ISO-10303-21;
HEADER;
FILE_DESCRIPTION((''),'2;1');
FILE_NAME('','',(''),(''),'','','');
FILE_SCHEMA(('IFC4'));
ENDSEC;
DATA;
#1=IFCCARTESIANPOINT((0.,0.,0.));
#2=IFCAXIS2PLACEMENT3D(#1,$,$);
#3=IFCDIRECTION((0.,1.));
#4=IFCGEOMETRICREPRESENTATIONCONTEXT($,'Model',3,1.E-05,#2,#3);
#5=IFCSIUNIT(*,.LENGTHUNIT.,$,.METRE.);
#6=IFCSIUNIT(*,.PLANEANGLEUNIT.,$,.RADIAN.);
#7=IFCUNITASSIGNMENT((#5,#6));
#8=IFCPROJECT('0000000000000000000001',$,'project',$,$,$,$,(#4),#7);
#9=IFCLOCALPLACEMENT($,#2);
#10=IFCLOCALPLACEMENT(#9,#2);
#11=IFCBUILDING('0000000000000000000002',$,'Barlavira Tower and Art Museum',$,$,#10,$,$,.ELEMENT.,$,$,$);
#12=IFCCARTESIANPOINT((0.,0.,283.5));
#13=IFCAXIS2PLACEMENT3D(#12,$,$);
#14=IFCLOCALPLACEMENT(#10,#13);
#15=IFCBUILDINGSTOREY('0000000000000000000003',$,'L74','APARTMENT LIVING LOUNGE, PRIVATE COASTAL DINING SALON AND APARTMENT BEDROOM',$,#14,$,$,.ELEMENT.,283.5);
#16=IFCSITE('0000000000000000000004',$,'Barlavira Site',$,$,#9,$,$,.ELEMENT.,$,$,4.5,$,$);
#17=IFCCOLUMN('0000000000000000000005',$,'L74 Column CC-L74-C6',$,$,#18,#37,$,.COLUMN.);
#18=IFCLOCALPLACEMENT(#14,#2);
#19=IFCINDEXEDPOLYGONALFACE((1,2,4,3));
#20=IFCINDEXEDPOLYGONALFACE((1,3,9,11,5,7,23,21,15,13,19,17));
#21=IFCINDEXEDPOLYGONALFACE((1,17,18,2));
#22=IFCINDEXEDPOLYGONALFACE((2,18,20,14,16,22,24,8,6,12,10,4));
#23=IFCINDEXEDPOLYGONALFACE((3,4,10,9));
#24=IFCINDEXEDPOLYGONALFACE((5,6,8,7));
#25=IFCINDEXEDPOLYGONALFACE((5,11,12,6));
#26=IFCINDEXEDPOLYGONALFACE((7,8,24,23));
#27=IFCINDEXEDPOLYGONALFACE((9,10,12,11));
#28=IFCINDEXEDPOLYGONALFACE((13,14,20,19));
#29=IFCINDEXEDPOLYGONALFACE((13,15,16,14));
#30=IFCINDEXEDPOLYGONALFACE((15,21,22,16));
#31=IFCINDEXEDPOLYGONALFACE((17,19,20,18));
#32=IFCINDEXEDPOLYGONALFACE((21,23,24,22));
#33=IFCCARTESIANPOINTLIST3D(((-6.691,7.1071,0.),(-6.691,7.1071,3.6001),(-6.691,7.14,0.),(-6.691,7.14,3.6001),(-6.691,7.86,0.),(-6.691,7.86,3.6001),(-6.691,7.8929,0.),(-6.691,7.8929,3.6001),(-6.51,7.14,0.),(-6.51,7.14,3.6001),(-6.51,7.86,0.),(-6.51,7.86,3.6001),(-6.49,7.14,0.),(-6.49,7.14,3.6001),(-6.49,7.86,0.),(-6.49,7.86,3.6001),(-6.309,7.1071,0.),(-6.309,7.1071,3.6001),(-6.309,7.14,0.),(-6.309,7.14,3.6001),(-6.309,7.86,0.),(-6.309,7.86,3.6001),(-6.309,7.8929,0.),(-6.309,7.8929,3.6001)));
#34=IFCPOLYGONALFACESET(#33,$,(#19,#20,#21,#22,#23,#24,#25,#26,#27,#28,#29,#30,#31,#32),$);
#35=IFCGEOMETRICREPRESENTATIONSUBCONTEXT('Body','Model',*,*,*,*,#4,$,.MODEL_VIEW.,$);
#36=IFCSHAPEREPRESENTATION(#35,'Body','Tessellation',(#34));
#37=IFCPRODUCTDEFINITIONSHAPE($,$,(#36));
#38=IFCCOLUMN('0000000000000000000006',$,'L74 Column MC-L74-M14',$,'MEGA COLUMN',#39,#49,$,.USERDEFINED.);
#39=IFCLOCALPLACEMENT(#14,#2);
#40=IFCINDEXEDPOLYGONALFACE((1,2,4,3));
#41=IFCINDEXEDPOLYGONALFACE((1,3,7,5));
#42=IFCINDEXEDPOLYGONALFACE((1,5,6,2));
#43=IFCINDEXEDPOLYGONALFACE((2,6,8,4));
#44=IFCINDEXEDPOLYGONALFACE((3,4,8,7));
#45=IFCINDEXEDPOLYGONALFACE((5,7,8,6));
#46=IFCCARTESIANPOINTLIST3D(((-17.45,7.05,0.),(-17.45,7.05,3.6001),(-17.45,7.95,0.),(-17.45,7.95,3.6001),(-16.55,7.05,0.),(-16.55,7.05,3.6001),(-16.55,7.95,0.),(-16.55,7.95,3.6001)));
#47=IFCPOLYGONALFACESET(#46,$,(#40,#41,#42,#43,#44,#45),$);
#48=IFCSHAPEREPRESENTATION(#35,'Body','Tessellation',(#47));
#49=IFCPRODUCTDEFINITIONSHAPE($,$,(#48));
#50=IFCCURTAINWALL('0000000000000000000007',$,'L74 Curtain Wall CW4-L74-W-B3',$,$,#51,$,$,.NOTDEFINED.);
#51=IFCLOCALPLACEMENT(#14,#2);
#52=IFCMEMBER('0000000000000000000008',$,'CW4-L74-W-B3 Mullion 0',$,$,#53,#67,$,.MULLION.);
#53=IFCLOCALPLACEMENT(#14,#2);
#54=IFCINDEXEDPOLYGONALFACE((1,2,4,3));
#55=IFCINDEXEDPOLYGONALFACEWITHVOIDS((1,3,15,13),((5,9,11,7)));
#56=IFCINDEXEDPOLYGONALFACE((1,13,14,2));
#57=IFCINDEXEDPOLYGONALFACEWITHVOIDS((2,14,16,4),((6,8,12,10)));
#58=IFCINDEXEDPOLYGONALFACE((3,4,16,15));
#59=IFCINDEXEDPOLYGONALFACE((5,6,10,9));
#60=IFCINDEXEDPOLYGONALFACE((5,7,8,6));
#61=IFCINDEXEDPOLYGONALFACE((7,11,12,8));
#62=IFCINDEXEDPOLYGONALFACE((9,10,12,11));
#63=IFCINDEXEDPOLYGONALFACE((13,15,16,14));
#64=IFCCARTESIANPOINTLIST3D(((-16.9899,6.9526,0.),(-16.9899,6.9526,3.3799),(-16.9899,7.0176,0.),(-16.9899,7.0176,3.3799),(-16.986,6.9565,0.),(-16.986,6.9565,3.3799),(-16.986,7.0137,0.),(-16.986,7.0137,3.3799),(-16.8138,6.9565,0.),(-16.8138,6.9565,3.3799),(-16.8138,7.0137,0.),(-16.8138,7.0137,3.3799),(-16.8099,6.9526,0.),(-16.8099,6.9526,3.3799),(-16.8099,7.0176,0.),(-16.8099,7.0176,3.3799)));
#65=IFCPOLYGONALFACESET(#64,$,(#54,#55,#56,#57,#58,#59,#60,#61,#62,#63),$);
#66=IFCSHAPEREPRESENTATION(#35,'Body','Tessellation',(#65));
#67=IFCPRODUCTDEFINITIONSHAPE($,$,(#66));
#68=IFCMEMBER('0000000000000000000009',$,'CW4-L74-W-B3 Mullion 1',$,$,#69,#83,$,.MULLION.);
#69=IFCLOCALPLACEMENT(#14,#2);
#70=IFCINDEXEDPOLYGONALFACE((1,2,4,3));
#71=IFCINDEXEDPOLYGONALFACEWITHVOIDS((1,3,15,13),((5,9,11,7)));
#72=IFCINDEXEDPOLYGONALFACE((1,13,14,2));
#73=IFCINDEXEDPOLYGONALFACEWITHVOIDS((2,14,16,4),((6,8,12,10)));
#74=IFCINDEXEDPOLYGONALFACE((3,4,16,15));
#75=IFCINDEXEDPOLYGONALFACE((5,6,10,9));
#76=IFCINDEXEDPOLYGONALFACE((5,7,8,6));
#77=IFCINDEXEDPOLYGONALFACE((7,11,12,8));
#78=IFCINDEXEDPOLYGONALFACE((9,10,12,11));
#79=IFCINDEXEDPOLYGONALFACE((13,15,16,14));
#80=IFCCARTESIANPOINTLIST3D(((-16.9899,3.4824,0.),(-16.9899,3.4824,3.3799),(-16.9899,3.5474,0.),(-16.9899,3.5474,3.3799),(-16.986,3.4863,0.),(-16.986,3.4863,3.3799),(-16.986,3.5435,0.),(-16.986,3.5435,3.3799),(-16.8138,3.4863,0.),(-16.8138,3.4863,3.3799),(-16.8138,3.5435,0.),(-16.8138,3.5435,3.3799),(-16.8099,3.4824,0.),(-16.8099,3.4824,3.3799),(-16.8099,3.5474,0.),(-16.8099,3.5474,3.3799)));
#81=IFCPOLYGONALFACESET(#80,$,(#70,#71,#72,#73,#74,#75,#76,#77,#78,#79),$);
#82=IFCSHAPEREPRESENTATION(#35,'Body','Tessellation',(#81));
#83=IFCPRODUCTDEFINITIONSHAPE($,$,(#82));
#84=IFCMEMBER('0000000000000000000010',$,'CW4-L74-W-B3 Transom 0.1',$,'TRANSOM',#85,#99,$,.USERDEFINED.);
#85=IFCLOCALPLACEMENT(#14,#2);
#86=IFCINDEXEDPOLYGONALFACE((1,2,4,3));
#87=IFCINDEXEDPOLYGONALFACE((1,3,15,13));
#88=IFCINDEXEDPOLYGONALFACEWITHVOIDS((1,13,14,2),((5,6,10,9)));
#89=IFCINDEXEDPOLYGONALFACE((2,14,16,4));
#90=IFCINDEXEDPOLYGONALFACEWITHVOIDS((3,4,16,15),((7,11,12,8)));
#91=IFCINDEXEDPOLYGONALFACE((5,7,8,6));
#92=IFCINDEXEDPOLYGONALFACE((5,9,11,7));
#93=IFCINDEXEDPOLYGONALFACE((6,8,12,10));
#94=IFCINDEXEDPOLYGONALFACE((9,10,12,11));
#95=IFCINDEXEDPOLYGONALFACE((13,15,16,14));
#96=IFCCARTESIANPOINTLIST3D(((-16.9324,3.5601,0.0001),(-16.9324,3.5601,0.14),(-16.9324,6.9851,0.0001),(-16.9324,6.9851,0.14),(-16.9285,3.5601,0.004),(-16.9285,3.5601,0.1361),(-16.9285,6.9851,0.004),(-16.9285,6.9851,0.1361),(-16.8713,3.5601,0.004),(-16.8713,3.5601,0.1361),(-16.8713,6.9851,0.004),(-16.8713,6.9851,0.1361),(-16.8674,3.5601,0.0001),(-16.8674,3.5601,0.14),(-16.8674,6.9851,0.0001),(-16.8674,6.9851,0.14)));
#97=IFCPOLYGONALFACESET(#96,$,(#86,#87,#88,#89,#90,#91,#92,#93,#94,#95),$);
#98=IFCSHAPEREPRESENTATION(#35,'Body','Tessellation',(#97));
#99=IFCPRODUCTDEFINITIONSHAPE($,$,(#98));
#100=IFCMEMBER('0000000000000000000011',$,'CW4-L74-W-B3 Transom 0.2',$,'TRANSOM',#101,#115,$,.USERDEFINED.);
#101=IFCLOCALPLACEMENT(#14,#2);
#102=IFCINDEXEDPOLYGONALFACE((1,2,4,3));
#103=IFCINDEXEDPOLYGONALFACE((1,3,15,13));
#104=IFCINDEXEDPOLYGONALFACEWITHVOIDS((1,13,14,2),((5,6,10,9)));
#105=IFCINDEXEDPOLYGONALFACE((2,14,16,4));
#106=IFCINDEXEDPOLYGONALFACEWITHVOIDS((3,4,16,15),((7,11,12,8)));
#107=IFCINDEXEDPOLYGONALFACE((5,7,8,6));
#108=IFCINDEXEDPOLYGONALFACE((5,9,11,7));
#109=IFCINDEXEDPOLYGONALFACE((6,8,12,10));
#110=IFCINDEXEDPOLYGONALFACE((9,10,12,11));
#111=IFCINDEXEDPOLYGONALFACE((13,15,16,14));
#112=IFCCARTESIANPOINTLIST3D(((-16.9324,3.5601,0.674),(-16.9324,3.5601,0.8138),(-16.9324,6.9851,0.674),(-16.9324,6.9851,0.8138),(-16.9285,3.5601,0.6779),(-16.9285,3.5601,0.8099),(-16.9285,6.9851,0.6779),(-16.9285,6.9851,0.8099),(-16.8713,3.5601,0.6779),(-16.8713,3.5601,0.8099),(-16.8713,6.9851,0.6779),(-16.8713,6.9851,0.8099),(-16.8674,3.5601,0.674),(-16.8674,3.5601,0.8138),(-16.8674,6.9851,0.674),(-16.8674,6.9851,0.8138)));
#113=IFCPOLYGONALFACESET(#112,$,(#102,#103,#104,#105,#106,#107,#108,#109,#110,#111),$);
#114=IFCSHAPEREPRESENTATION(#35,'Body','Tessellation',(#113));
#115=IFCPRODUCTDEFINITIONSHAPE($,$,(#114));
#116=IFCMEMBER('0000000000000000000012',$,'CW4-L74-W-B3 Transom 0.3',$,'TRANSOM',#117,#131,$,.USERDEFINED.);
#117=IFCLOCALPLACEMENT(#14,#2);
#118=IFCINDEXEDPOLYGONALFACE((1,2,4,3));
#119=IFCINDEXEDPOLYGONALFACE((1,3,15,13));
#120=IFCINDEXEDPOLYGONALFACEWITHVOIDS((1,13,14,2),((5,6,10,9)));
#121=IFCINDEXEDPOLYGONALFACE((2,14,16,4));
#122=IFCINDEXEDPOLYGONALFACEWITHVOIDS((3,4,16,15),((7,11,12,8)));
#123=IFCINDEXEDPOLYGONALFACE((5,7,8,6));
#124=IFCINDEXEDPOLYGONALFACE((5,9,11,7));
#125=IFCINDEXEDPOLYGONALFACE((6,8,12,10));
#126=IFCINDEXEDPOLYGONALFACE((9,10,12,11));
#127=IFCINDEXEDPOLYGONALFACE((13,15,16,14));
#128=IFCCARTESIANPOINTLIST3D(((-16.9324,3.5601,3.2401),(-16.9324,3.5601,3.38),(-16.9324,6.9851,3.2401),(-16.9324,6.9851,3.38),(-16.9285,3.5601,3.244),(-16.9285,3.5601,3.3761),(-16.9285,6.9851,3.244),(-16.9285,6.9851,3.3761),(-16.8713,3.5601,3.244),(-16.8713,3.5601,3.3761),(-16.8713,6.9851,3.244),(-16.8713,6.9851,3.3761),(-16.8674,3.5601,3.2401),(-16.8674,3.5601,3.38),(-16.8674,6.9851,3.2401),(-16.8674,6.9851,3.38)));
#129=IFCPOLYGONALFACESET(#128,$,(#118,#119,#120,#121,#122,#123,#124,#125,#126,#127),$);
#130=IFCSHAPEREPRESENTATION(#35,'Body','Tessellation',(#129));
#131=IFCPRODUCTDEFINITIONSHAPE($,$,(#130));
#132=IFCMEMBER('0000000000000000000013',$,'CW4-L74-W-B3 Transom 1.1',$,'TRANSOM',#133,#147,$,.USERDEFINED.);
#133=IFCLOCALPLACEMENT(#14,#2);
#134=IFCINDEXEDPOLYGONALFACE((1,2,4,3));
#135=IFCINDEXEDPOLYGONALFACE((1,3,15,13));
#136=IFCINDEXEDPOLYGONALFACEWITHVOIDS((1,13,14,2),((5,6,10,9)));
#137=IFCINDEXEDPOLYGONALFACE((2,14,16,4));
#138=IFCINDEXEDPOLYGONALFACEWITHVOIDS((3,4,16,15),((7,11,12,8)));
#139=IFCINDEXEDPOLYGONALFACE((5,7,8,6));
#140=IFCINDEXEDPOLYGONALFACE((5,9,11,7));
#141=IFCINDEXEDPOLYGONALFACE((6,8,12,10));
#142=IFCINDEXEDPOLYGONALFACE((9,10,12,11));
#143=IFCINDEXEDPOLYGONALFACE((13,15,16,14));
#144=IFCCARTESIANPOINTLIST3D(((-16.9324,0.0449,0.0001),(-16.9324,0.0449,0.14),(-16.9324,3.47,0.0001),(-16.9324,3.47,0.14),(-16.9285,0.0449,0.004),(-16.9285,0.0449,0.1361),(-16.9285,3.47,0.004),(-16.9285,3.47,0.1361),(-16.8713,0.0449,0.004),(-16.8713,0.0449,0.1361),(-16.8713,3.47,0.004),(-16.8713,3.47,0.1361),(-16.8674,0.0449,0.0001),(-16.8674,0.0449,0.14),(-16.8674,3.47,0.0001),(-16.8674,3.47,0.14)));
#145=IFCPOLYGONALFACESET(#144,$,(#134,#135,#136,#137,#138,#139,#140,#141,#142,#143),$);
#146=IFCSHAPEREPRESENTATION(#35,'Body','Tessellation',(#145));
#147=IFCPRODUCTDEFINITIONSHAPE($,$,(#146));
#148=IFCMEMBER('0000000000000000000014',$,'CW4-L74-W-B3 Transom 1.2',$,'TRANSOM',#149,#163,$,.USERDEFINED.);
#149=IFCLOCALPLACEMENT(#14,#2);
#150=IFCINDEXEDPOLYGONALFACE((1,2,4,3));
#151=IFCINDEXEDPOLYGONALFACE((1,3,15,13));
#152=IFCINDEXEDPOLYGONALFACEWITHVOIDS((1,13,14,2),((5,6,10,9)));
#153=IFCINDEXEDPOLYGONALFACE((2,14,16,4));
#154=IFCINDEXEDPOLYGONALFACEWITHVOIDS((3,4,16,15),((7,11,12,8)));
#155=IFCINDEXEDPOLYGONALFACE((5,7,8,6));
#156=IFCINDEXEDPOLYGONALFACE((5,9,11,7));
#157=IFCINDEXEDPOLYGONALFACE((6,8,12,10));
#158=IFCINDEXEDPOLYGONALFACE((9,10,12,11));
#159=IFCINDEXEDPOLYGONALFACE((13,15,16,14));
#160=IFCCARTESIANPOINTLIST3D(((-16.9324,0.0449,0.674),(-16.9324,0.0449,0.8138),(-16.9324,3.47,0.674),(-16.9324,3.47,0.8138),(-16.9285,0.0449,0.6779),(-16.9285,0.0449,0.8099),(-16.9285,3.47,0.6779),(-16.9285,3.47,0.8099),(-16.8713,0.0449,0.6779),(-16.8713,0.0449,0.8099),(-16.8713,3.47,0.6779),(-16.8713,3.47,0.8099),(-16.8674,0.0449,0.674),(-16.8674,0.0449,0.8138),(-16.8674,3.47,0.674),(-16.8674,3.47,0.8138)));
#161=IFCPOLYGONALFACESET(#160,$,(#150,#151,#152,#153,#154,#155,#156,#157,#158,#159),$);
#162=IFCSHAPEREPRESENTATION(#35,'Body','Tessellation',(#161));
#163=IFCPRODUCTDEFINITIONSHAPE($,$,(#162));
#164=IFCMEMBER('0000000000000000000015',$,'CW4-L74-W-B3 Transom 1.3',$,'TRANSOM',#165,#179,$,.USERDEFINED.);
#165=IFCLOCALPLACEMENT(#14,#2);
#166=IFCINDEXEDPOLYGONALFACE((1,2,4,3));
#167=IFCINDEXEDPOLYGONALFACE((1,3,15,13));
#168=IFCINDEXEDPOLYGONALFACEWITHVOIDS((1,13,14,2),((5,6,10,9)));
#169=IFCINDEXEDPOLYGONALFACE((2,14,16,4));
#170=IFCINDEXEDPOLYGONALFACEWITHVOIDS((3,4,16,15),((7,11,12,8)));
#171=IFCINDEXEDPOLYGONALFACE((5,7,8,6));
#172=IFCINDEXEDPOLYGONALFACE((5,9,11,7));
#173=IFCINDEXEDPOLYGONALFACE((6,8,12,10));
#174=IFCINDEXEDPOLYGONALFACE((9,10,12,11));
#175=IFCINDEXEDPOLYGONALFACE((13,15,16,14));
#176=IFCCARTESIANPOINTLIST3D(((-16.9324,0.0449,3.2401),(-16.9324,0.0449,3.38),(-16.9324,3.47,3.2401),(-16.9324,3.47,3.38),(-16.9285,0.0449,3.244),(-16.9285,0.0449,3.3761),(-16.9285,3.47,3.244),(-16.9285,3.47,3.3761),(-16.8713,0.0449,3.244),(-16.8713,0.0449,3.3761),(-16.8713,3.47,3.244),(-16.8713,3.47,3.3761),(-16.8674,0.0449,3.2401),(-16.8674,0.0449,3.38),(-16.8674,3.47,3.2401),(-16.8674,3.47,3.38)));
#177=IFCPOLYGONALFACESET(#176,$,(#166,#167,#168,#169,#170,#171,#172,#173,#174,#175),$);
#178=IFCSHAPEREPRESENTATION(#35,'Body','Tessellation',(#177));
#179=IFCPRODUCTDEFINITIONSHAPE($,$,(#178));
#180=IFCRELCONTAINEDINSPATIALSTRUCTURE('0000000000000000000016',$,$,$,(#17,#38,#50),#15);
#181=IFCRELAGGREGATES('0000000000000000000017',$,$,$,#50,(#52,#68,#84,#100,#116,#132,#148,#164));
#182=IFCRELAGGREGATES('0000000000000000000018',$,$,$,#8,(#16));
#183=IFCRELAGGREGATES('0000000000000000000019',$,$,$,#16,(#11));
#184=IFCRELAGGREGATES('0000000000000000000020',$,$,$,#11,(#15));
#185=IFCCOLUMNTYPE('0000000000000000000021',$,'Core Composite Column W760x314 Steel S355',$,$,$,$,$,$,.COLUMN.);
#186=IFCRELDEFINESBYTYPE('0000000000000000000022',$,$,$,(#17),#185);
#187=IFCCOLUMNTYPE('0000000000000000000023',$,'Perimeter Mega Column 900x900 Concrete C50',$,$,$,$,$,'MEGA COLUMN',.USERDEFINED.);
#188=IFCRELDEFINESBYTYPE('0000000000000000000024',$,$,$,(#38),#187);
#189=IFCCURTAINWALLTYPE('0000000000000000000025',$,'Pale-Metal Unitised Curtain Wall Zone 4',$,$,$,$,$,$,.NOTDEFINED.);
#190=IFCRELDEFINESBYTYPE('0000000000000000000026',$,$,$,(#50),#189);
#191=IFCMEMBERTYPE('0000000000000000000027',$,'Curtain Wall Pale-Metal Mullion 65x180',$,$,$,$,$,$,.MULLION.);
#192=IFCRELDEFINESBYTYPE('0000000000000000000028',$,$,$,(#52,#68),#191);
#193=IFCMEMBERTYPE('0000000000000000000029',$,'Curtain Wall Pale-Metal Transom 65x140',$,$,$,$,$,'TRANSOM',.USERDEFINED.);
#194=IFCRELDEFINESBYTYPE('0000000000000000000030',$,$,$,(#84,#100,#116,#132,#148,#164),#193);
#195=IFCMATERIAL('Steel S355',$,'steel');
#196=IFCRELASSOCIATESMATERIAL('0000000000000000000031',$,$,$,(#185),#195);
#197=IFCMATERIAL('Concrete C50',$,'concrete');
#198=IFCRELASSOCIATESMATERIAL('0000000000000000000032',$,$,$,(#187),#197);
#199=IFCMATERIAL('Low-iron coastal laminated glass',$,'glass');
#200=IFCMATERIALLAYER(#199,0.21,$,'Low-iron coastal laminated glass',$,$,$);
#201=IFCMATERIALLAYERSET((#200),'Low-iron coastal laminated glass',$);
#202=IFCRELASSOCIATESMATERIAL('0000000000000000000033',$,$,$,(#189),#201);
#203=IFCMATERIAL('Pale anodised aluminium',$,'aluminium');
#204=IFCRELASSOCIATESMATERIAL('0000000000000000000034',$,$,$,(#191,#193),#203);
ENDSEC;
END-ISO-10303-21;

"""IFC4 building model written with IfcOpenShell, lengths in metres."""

from ifc_helpers import new_model, si_unit, direction, frame, origin, origin_2d, place, context, subcontext, project, spatial, rectangle, hollow_rectangle, i_section, extrude, material, layer, layer_set, material_profile, profile_set, type_object, element, aggregate, save


model = new_model("IFC4")

# Units and contexts
model_context = context("Model", 3, precision=1e-05, world=origin(), true_north=direction((0.0, 1.0)))
body_context = subcontext(model_context, "Body", "Model", "MODEL_VIEW")
ifc_project = project(units=[si_unit("LENGTHUNIT", "METRE"), si_unit("PLANEANGLEUNIT", "RADIAN")], contexts=[model_context])

# Site, building, storey
site_placement = place(None, origin())
site = spatial("IfcSite", under=ifc_project, at=site_placement, Name="Barlavira Site", CompositionType="ELEMENT", RefElevation=4.5)
building_placement = place(site_placement, origin())
building = spatial("IfcBuilding", under=site, at=building_placement, Name="Barlavira Tower and Art Museum", CompositionType="ELEMENT")
storey_placement = place(building_placement, frame((0.0, 0.0, 283.5)))
storey = spatial("IfcBuildingStorey", under=building, at=storey_placement, Name="L74", Description="APARTMENT LIVING LOUNGE, PRIVATE COASTAL DINING SALON AND APARTMENT BEDROOM", CompositionType="ELEMENT", Elevation=283.5)

# Columns
ifc_material_1 = material(Name="Steel S355", Category="steel")
ifc_material_profile_1 = material_profile(ifc_material_1, i_section(OverallWidth=0.3821, OverallDepth=0.7859, WebThickness=0.02, FlangeThickness=0.033, at=origin_2d()), Name="W760x314.0")
ifc_profile_set_1 = profile_set([ifc_material_profile_1], Name="Steel S355")
column_type_1 = type_object("IfcColumnType", Name="Core Composite Column W760x314 Steel S355", PredefinedType="COLUMN", material=ifc_profile_set_1)
column_1_placement = place(storey_placement, frame((-6.5, 7.5, 0.0), z_axis=(0.0, 0.0, 1.0), x_axis=(1.0, 0.0, 0.0)))
element("IfcColumn", 1, at=column_1_placement, inside=storey, type_object=column_type_1, Name="L74 Column CC-L74-C6", PredefinedType="COLUMN", context=body_context, shape_type="SweptSolid", body=[
    extrude(i_section(OverallWidth=0.3821, OverallDepth=0.7859, WebThickness=0.02, FlangeThickness=0.033, at=origin_2d()), origin(), (0.0, 0.0, 1.0), 3.6001),
])
ifc_material_2 = material(Name="Concrete C50", Category="concrete")
ifc_material_profile_2 = material_profile(ifc_material_2, rectangle(XDim=0.8999, YDim=0.8999, at=origin_2d()), Name="RC-COL 900x900")
ifc_profile_set_2 = profile_set([ifc_material_profile_2], Name="Concrete C50")
column_type_2 = type_object("IfcColumnType", Name="Perimeter Mega Column 900x900 Concrete C50", ElementType="MEGA COLUMN", PredefinedType="USERDEFINED", material=ifc_profile_set_2)
column_2_placement = place(storey_placement, frame((-17.0, 7.5, 0.0), z_axis=(0.0, 0.0, 1.0), x_axis=(1.0, 0.0, 0.0)))
element("IfcColumn", 2, at=column_2_placement, inside=storey, type_object=column_type_2, Name="L74 Column MC-L74-M14", ObjectType="MEGA COLUMN", PredefinedType="USERDEFINED", context=body_context, shape_type="SweptSolid", body=[
    extrude(rectangle(XDim=0.8999, YDim=0.8999, at=origin_2d()), origin(), (0.0, 0.0, 1.0), 3.6001),
])

# Curtain wall, members
ifc_material_3 = material(Name="Low-iron coastal laminated glass", Category="glass")
ifc_layer_1 = layer(ifc_material_3, 0.21, Name="Low-iron coastal laminated glass")
ifc_layer_set_1 = layer_set([ifc_layer_1], Name="Low-iron coastal laminated glass")
curtain_wall_type = type_object("IfcCurtainWallType", Name="Pale-Metal Unitised Curtain Wall Zone 4", PredefinedType="NOTDEFINED", material=ifc_layer_set_1)
curtain_wall_placement = place(storey_placement, origin())
curtain_wall = element("IfcCurtainWall", 3, at=curtain_wall_placement, inside=storey, type_object=curtain_wall_type, Name="L74 Curtain Wall CW4-L74-W-B3", PredefinedType="NOTDEFINED")
ifc_material_4 = material(Name="Pale anodised aluminium", Category="aluminium")
ifc_material_profile_3 = material_profile(ifc_material_4, hollow_rectangle(XDim=0.0649, YDim=0.1799, WallThickness=0.0039, at=origin_2d()), Name="ALU-MULL 65x180x4")
ifc_profile_set_3 = profile_set([ifc_material_profile_3], Name="Pale anodised aluminium")
member_type_1 = type_object("IfcMemberType", Name="Curtain Wall Pale-Metal Mullion 65x180", PredefinedType="MULLION", material=ifc_profile_set_3)
member_1_placement = place(storey_placement, frame((-16.8999, 6.9851, 0.0), z_axis=(0.0, 0.0, 1.0), x_axis=(0.0, -1.0, 0.0)))
member_1 = element("IfcMember", 4, at=member_1_placement, type_object=member_type_1, Name="CW4-L74-W-B3 Mullion 0", PredefinedType="MULLION", context=body_context, shape_type="SweptSolid", body=[
    extrude(hollow_rectangle(XDim=0.0649, YDim=0.1799, WallThickness=0.0039, at=origin_2d()), origin(), (0.0, 0.0, 1.0), 3.3799),
])
member_2_placement = place(storey_placement, frame((-16.8999, 3.5149, 0.0), z_axis=(0.0, 0.0, 1.0), x_axis=(0.0, -1.0, 0.0)))
member_2 = element("IfcMember", 5, at=member_2_placement, type_object=member_type_1, Name="CW4-L74-W-B3 Mullion 1", PredefinedType="MULLION", context=body_context, shape_type="SweptSolid", body=[
    extrude(hollow_rectangle(XDim=0.0649, YDim=0.1799, WallThickness=0.0039, at=origin_2d()), origin(), (0.0, 0.0, 1.0), 3.3799),
])
ifc_material_profile_4 = material_profile(ifc_material_4, hollow_rectangle(XDim=0.0649, YDim=0.1399, WallThickness=0.0039, at=origin_2d()), Name="ALU-TRAN 65x140x4")
ifc_profile_set_4 = profile_set([ifc_material_profile_4], Name="Pale anodised aluminium")
member_type_2 = type_object("IfcMemberType", Name="Curtain Wall Pale-Metal Transom 65x140", ElementType="TRANSOM", PredefinedType="USERDEFINED", material=ifc_profile_set_4)
member_3_placement = place(storey_placement, frame((-16.8999, 6.9851, 0.0701), z_axis=(0.0, -1.0, 0.0), x_axis=(1.0, 0.0, 0.0)))
member_3 = element("IfcMember", 6, at=member_3_placement, type_object=member_type_2, Name="CW4-L74-W-B3 Transom 0.1", ObjectType="TRANSOM", PredefinedType="USERDEFINED", context=body_context, shape_type="SweptSolid", body=[
    extrude(hollow_rectangle(XDim=0.0649, YDim=0.1399, WallThickness=0.0039, at=origin_2d()), origin(), (0.0, 0.0, 1.0), 3.425),
])
member_4_placement = place(storey_placement, frame((-16.8999, 6.9851, 0.7439), z_axis=(0.0, -1.0, 0.0), x_axis=(1.0, 0.0, 0.0)))
member_4 = element("IfcMember", 7, at=member_4_placement, type_object=member_type_2, Name="CW4-L74-W-B3 Transom 0.2", ObjectType="TRANSOM", PredefinedType="USERDEFINED", context=body_context, shape_type="SweptSolid", body=[
    extrude(hollow_rectangle(XDim=0.0649, YDim=0.1399, WallThickness=0.0039, at=origin_2d()), origin(), (0.0, 0.0, 1.0), 3.425),
])
member_5_placement = place(storey_placement, frame((-16.8999, 6.9851, 3.3101), z_axis=(0.0, -1.0, 0.0), x_axis=(1.0, 0.0, 0.0)))
member_5 = element("IfcMember", 8, at=member_5_placement, type_object=member_type_2, Name="CW4-L74-W-B3 Transom 0.3", ObjectType="TRANSOM", PredefinedType="USERDEFINED", context=body_context, shape_type="SweptSolid", body=[
    extrude(hollow_rectangle(XDim=0.0649, YDim=0.1399, WallThickness=0.0039, at=origin_2d()), origin(), (0.0, 0.0, 1.0), 3.425),
])
member_6_placement = place(storey_placement, frame((-16.8999, 3.47, 0.0701), z_axis=(0.0, -1.0, 0.0), x_axis=(1.0, 0.0, 0.0)))
member_6 = element("IfcMember", 9, at=member_6_placement, type_object=member_type_2, Name="CW4-L74-W-B3 Transom 1.1", ObjectType="TRANSOM", PredefinedType="USERDEFINED", context=body_context, shape_type="SweptSolid", body=[
    extrude(hollow_rectangle(XDim=0.0649, YDim=0.1399, WallThickness=0.0039, at=origin_2d()), origin(), (0.0, 0.0, 1.0), 3.425),
])
member_7_placement = place(storey_placement, frame((-16.8999, 3.47, 0.7439), z_axis=(0.0, -1.0, 0.0), x_axis=(1.0, 0.0, 0.0)))
member_7 = element("IfcMember", 10, at=member_7_placement, type_object=member_type_2, Name="CW4-L74-W-B3 Transom 1.2", ObjectType="TRANSOM", PredefinedType="USERDEFINED", context=body_context, shape_type="SweptSolid", body=[
    extrude(hollow_rectangle(XDim=0.0649, YDim=0.1399, WallThickness=0.0039, at=origin_2d()), origin(), (0.0, 0.0, 1.0), 3.425),
])
member_8_placement = place(storey_placement, frame((-16.8999, 3.47, 3.3101), z_axis=(0.0, -1.0, 0.0), x_axis=(1.0, 0.0, 0.0)))
member_8 = element("IfcMember", 11, at=member_8_placement, type_object=member_type_2, Name="CW4-L74-W-B3 Transom 1.3", ObjectType="TRANSOM", PredefinedType="USERDEFINED", context=body_context, shape_type="SweptSolid", body=[
    extrude(hollow_rectangle(XDim=0.0649, YDim=0.1399, WallThickness=0.0039, at=origin_2d()), origin(), (0.0, 0.0, 1.0), 3.425),
])

aggregate(curtain_wall, [member_1, member_2, member_3, member_4, member_5, member_6, member_7, member_8])

save(model, "model.ifc")
